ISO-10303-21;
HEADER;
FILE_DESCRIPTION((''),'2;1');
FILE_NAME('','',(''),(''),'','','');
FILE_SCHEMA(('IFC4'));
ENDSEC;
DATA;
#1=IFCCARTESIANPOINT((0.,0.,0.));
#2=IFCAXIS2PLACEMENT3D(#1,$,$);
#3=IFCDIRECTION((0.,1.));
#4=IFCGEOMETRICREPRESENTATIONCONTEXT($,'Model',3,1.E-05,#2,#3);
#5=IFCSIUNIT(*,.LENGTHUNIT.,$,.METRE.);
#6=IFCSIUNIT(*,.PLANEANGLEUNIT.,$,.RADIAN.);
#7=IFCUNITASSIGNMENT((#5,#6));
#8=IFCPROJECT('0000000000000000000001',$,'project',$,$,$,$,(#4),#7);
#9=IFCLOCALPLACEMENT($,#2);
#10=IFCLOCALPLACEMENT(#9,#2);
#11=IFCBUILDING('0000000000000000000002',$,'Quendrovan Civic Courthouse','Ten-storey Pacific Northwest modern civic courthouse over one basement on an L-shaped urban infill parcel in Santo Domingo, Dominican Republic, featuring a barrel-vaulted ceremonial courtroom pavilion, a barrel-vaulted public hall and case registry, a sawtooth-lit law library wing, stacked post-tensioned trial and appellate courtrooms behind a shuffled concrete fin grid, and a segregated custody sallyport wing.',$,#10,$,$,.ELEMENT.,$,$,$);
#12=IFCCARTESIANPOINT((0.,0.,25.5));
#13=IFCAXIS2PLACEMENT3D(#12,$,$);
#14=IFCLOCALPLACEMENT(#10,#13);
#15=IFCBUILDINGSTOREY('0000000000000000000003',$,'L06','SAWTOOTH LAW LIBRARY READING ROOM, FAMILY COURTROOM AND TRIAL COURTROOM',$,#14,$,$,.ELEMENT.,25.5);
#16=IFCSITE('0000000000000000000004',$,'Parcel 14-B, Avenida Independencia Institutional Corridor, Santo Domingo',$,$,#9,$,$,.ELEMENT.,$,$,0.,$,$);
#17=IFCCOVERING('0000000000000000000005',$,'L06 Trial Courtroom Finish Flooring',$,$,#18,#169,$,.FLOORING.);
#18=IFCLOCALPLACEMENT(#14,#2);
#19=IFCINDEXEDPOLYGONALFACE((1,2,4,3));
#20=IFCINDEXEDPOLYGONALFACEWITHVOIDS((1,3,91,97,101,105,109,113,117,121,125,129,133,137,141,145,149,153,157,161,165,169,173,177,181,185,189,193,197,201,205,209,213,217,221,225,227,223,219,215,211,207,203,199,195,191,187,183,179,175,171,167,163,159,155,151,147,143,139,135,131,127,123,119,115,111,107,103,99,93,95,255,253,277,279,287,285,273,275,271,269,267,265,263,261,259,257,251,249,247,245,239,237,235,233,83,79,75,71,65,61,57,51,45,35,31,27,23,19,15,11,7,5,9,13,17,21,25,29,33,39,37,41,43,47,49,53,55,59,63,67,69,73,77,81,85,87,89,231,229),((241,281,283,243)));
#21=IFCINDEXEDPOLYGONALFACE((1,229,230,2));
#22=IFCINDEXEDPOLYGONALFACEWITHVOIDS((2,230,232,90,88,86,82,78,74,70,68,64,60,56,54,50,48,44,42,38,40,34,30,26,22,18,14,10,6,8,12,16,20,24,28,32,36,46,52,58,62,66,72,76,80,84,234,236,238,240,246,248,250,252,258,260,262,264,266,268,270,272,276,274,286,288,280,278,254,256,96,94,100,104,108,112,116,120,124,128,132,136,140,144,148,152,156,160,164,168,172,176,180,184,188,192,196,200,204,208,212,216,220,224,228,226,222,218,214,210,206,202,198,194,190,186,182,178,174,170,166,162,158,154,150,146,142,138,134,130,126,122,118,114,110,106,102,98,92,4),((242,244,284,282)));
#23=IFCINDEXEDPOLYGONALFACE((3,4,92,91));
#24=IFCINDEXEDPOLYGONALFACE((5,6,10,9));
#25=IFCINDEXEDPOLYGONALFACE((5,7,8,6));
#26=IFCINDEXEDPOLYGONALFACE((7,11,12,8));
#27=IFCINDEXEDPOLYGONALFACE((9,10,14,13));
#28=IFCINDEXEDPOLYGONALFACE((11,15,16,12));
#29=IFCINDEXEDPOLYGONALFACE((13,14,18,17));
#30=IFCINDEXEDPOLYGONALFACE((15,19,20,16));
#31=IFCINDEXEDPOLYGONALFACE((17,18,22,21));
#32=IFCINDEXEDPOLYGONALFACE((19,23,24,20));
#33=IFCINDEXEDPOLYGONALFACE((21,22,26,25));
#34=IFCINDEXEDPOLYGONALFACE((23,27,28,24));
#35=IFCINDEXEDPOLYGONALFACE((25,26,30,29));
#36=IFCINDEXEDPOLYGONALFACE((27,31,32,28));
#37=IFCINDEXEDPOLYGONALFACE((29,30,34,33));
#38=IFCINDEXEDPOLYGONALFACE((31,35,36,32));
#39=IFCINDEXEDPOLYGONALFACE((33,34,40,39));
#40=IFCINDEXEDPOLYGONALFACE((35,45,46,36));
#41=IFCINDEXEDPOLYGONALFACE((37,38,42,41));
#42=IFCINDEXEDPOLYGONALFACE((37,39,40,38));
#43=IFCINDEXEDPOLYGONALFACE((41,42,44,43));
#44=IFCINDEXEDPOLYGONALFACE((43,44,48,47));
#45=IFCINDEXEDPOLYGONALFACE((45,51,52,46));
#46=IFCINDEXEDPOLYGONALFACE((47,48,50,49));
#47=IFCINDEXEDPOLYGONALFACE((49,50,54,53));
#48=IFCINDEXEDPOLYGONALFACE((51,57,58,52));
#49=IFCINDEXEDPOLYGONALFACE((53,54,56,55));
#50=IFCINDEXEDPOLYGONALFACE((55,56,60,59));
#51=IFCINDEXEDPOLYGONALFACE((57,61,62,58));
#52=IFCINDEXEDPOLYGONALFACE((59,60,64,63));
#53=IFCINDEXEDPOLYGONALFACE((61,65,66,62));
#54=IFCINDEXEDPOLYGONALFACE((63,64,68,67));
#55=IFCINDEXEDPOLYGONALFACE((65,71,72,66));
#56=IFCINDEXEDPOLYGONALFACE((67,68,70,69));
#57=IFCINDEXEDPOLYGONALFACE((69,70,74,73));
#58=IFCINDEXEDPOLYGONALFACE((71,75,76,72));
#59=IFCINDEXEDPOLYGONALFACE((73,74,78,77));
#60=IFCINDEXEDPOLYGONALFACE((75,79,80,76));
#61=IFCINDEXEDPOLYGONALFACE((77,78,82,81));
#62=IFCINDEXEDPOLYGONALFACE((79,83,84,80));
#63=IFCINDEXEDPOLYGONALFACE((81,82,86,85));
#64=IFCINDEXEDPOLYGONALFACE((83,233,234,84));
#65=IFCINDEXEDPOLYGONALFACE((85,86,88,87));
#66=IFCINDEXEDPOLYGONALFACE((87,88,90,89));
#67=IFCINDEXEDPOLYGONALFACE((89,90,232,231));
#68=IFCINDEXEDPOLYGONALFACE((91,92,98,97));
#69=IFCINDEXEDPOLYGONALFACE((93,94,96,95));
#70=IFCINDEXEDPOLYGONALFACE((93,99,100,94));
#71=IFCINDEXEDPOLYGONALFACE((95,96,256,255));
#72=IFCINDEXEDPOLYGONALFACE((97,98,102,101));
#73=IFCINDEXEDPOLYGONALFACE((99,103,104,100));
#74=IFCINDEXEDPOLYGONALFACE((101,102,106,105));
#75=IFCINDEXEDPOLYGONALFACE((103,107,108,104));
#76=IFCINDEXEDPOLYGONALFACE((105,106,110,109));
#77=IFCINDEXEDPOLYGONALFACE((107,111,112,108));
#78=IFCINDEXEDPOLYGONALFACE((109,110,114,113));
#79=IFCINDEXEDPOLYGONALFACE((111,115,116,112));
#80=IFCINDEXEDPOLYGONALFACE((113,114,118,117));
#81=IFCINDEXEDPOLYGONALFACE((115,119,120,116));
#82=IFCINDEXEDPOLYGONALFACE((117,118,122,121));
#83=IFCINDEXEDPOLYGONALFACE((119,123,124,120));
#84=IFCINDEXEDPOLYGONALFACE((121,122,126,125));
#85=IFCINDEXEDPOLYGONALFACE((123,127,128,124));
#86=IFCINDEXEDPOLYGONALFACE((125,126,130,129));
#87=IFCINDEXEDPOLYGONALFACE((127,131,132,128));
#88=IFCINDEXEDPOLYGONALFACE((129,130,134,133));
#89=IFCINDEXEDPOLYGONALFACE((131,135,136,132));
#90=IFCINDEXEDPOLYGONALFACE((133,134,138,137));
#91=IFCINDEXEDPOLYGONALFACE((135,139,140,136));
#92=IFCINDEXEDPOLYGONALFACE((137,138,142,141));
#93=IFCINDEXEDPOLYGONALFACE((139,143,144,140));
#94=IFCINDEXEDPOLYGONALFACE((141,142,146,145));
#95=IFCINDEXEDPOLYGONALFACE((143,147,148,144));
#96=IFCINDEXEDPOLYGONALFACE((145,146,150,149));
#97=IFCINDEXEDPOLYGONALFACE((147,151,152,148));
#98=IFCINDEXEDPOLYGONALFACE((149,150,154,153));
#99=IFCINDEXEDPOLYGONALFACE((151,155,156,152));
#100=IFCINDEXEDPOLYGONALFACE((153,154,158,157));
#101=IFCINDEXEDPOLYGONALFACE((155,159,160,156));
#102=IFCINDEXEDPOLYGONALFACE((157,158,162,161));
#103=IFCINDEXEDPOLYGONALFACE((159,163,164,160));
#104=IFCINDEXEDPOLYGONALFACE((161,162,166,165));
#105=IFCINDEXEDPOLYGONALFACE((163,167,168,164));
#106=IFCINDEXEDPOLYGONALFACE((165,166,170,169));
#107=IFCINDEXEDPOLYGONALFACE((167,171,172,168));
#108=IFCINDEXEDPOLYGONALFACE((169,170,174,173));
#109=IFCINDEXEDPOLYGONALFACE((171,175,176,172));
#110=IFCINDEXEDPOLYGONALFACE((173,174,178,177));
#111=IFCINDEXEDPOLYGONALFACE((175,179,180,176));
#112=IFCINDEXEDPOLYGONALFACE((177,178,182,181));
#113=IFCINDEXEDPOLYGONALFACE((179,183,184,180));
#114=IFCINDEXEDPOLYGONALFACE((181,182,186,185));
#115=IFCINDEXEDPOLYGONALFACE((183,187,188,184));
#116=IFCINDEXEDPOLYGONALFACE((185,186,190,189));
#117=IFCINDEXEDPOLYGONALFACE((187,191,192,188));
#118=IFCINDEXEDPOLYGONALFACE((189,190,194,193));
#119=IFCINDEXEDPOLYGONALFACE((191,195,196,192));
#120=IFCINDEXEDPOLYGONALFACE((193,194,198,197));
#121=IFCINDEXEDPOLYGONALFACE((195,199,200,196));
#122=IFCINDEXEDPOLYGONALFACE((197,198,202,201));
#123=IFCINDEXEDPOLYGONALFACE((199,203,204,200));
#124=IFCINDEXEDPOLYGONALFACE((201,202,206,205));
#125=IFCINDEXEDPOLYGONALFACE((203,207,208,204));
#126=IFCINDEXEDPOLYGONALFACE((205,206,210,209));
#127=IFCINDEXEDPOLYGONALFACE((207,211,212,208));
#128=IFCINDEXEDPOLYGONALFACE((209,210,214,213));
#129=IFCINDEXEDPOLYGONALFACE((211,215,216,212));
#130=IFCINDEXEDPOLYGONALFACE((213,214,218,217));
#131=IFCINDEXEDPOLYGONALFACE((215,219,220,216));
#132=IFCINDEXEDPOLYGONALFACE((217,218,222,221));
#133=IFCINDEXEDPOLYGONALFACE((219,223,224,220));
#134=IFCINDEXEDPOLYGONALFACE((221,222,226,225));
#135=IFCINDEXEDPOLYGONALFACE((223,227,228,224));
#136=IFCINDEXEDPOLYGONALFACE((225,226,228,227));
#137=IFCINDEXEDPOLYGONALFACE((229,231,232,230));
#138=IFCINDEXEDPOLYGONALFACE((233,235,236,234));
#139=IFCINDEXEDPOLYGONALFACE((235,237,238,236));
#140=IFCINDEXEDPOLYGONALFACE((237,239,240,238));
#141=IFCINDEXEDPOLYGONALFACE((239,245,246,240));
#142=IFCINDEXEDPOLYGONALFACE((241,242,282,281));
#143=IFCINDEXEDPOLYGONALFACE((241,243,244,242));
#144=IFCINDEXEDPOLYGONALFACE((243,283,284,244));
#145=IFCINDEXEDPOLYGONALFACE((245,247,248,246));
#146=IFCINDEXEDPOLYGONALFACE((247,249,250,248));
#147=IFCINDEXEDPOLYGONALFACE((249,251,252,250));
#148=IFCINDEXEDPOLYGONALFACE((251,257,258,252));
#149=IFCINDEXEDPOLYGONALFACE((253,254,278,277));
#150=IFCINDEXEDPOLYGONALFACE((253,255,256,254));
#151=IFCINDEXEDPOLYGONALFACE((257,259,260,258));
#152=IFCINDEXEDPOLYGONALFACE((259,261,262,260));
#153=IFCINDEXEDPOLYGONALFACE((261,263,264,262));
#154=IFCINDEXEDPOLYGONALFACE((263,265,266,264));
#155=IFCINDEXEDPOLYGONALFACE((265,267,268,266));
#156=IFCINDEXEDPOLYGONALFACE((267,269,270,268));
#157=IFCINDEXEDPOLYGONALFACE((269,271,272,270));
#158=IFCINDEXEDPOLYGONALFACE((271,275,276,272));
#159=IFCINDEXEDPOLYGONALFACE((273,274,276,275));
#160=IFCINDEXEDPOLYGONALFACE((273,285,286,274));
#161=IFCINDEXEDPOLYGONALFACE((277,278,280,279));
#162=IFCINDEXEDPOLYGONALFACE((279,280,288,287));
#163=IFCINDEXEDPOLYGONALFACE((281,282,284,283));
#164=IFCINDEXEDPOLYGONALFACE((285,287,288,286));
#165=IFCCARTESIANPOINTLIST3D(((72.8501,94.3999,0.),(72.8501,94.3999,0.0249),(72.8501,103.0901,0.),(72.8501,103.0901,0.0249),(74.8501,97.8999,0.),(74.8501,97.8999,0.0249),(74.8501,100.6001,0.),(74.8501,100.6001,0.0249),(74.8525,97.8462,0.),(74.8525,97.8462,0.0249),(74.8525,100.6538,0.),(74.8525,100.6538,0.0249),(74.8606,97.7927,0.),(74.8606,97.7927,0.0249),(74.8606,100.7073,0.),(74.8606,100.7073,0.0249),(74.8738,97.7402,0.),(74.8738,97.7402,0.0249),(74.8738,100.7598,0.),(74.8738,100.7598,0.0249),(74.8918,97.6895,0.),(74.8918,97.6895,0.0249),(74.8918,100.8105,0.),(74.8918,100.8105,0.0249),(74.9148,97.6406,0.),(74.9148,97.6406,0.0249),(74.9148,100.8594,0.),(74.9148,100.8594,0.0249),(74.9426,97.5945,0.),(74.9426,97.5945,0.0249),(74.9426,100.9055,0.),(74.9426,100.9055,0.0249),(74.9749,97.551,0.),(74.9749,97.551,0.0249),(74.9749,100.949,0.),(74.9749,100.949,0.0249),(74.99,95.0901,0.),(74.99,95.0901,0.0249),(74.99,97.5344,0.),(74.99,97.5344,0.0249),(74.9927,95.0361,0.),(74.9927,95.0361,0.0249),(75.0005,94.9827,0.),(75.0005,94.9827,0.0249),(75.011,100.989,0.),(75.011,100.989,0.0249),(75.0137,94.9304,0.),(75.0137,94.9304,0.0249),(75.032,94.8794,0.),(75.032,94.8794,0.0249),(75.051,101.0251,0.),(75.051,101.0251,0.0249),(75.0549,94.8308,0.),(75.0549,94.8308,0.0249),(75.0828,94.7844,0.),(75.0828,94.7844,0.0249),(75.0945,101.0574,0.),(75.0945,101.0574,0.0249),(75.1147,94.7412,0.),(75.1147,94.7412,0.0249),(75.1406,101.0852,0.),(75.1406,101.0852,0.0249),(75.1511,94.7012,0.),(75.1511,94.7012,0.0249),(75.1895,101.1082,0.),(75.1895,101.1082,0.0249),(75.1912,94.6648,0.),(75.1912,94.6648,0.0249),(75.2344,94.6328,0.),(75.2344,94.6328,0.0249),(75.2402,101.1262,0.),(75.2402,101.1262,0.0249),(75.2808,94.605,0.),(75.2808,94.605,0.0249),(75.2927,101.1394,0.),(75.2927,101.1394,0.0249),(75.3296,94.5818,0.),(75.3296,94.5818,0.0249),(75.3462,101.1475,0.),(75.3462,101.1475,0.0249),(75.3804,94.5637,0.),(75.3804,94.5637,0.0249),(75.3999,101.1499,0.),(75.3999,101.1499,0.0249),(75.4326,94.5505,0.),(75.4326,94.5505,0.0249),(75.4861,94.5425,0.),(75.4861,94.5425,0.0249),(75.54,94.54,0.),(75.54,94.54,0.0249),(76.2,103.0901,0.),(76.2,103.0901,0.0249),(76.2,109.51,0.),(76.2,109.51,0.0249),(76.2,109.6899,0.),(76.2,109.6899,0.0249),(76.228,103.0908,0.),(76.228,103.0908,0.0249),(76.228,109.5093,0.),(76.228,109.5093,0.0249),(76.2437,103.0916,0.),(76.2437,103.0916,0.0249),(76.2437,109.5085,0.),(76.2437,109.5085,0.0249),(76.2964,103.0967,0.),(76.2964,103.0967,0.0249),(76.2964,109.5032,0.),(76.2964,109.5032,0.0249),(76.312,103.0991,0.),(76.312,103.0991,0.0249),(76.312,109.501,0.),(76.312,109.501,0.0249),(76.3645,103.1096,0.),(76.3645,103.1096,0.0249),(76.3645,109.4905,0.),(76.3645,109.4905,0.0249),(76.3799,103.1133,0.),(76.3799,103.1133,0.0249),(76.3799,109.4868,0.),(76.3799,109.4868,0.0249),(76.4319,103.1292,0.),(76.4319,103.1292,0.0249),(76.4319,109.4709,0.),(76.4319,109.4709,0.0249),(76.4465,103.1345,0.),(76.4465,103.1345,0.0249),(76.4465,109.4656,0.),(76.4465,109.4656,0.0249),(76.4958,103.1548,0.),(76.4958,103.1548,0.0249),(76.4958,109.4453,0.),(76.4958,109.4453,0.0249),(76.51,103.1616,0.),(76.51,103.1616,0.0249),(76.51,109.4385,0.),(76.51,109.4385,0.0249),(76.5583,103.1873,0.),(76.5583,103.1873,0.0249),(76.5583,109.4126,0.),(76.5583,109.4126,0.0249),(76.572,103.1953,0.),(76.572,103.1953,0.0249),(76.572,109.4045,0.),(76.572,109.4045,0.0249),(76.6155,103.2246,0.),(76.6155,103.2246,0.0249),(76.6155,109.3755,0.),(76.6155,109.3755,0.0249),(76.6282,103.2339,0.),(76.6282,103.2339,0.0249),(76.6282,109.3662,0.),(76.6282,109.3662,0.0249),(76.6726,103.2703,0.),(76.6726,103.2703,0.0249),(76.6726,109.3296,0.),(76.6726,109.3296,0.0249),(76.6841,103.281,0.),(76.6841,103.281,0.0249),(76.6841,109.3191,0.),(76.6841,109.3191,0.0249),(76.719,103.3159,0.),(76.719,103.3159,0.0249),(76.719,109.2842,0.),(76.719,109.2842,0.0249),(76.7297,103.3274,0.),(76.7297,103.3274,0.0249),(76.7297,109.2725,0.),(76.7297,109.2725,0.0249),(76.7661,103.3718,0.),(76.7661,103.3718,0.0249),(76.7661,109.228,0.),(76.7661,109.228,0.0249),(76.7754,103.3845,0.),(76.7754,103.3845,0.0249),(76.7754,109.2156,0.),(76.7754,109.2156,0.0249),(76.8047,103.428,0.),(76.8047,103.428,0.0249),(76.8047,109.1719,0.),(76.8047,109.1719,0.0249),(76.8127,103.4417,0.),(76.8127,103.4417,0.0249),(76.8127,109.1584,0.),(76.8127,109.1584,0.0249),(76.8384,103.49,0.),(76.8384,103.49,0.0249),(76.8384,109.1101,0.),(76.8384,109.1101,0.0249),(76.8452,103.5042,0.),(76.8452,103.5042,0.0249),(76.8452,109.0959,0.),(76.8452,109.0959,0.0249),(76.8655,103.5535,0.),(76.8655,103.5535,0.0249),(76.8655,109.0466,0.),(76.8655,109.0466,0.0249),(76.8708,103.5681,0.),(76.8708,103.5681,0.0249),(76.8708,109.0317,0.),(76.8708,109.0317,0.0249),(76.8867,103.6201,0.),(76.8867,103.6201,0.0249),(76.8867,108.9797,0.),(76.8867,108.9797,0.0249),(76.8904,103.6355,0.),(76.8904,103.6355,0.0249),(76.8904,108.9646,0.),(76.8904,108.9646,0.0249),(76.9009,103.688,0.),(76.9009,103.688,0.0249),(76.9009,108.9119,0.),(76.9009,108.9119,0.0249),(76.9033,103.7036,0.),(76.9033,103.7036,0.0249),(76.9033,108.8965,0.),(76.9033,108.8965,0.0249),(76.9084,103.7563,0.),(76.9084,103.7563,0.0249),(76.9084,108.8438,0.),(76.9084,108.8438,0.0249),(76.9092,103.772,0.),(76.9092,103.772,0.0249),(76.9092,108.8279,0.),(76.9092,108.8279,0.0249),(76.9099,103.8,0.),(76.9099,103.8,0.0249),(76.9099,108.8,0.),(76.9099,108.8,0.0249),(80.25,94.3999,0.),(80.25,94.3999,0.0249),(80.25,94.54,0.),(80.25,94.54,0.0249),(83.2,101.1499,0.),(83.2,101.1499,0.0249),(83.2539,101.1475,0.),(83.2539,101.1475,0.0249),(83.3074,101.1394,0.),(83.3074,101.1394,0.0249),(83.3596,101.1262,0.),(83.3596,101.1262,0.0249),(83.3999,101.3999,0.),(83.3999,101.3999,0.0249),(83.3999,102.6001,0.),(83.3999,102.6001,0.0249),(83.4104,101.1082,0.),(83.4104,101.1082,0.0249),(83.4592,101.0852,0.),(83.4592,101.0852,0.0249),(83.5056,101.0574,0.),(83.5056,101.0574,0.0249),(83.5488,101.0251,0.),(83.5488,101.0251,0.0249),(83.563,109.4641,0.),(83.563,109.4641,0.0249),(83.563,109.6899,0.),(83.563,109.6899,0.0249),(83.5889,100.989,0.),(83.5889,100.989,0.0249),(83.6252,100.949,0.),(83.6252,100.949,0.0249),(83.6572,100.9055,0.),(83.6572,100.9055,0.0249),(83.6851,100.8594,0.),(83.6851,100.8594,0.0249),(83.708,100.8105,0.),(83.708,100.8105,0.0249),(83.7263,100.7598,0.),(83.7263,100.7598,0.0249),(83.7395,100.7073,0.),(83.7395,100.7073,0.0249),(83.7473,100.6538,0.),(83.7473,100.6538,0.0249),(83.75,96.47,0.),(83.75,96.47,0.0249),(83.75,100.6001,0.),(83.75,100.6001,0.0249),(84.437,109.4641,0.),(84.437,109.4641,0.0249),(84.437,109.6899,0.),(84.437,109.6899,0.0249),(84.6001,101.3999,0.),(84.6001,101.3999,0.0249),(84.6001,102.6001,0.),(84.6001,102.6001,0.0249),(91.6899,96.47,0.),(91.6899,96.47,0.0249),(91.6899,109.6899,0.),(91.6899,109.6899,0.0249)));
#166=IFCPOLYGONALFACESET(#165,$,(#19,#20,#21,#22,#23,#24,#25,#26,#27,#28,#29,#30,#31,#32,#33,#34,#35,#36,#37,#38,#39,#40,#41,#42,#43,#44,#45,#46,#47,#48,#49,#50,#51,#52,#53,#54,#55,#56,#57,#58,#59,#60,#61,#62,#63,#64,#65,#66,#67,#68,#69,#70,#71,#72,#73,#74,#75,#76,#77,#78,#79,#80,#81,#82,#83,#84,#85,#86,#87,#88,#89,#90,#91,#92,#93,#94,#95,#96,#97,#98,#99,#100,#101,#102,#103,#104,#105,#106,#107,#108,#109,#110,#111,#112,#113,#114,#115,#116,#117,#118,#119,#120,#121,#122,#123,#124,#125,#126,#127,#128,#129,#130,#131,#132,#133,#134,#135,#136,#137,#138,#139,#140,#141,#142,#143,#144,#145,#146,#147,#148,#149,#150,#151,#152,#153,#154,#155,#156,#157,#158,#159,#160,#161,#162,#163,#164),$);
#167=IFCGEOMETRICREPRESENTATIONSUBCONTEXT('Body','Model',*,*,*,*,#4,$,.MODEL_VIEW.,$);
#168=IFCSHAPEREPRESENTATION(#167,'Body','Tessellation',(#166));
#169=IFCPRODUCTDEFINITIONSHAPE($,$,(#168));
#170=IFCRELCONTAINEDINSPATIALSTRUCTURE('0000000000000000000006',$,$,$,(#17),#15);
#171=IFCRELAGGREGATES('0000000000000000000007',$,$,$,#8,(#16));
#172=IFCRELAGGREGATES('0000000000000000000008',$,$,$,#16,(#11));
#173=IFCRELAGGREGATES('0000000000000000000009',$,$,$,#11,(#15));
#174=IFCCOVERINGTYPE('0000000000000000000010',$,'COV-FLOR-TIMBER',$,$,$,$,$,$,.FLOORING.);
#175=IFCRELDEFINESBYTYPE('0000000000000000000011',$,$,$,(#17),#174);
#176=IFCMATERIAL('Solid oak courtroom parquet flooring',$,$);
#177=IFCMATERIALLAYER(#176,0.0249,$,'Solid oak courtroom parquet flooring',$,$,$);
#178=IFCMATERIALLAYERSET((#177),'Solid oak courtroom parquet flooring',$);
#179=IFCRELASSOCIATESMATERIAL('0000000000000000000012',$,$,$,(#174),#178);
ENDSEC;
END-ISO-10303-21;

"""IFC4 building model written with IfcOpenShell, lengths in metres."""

from ifc_helpers import new_model, si_unit, direction, frame, origin, place, context, subcontext, project, spatial, polyline, outline, extrude, material, layer, layer_set, type_object, element, save


model = new_model("IFC4")

# Units and contexts
model_context = context("Model", 3, precision=1e-05, world=origin(), true_north=direction((0.0, 1.0)))
body_context = subcontext(model_context, "Body", "Model", "MODEL_VIEW")
ifc_project = project(units=[si_unit("LENGTHUNIT", "METRE"), si_unit("PLANEANGLEUNIT", "RADIAN")], contexts=[model_context])

# Site, building, storey
site_placement = place(None, origin())
site = spatial("IfcSite", under=ifc_project, at=site_placement, Name="Parcel 14-B, Avenida Independencia Institutional Corridor, Santo Domingo", CompositionType="ELEMENT", RefElevation=0.0)
building_placement = place(site_placement, origin())
building = spatial("IfcBuilding", under=site, at=building_placement, Name="Quendrovan Civic Courthouse", Description="Ten-storey Pacific Northwest modern civic courthouse over one basement on an L-shaped urban infill parcel in Santo Domingo, Dominican Republic, featuring a barrel-vaulted ceremonial courtroom pavilion, a barrel-vaulted public hall and case registry, a sawtooth-lit law library wing, stacked post-tensioned trial and appellate courtrooms behind a shuffled concrete fin grid, and a segregated custody sallyport wing.", CompositionType="ELEMENT")
storey_placement = place(building_placement, frame((0.0, 0.0, 25.5)))
storey = spatial("IfcBuildingStorey", under=building, at=storey_placement, Name="L06", Description="SAWTOOTH LAW LIBRARY READING ROOM, FAMILY COURTROOM AND TRIAL COURTROOM", CompositionType="ELEMENT", Elevation=25.5)

# Covering
ifc_material_1 = material(Name="Solid oak courtroom parquet flooring")
ifc_layer_1 = layer(ifc_material_1, 0.0249, Name="Solid oak courtroom parquet flooring")
ifc_layer_set_1 = layer_set([ifc_layer_1], Name="Solid oak courtroom parquet flooring")
covering_type_1 = type_object("IfcCoveringType", Name="COV-FLOR-TIMBER", PredefinedType="FLOORING", material=ifc_layer_set_1)
covering_1_placement = place(storey_placement, origin())
element("IfcCovering", 1, at=covering_1_placement, inside=storey, type_object=covering_type_1, Name="L06 Trial Courtroom Finish Flooring", PredefinedType="FLOORING", context=body_context, shape_type="SweptSolid", body=[
    extrude(outline(polyline([(76.8127, 103.4417), (76.8384, 103.49), (76.8452, 103.5042), (76.8655, 103.5535), (76.8708, 103.5681), (76.8867, 103.6201), (76.8904, 103.6355), (76.9009, 103.688), (76.9033, 103.7036), (76.9084, 103.7563), (76.9092, 103.772), (76.9099, 103.8), (76.9099, 108.8), (76.9092, 108.8279), (76.9084, 108.8438), (76.9033, 108.8965), (76.9009, 108.9119), (76.8904, 108.9646), (76.8867, 108.9797), (76.8708, 109.0317), (76.8655, 109.0466), (76.8452, 109.0959), (76.8384, 109.1101), (76.8127, 109.1584), (76.8047, 109.1719), (76.7754, 109.2156), (76.7661, 109.228), (76.7297, 109.2725), (76.719, 109.2842), (76.6841, 109.3191), (76.6726, 109.3296), (76.6282, 109.3662), (76.6155, 109.3755), (76.572, 109.4045), (76.5583, 109.4126), (76.51, 109.4385), (76.4958, 109.4453), (76.4465, 109.4656), (76.4319, 109.4709), (76.3799, 109.4868), (76.3645, 109.4905), (76.312, 109.501), (76.2964, 109.5032), (76.2437, 109.5085), (76.228, 109.5093), (76.2, 109.51), (76.2, 109.51), (76.2, 109.6899), (83.563, 109.6899), (83.563, 109.4641), (84.437, 109.4641), (84.437, 109.6899), (91.6899, 109.6899), (91.6899, 96.47), (83.75, 96.47), (83.75, 100.6001), (83.7473, 100.6538), (83.7395, 100.7073), (83.7263, 100.7598), (83.708, 100.8105), (83.6851, 100.8594), (83.6572, 100.9055), (83.6252, 100.949), (83.5889, 100.989), (83.5488, 101.0251), (83.5056, 101.0574), (83.4592, 101.0852), (83.4104, 101.1082), (83.3596, 101.1262), (83.3074, 101.1394), (83.2539, 101.1475), (83.2, 101.1499), (75.3999, 101.1499), (75.3462, 101.1475), (75.2927, 101.1394), (75.2402, 101.1262), (75.1895, 101.1082), (75.1406, 101.0852), (75.0945, 101.0574), (75.051, 101.0251), (75.011, 100.989), (74.9749, 100.949), (74.9426, 100.9055), (74.9148, 100.8594), (74.8918, 100.8105), (74.8738, 100.7598), (74.8606, 100.7073), (74.8525, 100.6538), (74.8501, 100.6001), (74.8501, 97.8999), (74.8525, 97.8462), (74.8606, 97.7927), (74.8738, 97.7402), (74.8918, 97.6895), (74.9148, 97.6406), (74.9426, 97.5945), (74.9749, 97.551), (74.99, 97.5344), (74.99, 95.0901), (74.9927, 95.0361), (75.0005, 94.9827), (75.0137, 94.9304), (75.032, 94.8794), (75.0549, 94.8308), (75.0828, 94.7844), (75.1147, 94.7412), (75.1511, 94.7012), (75.1912, 94.6648), (75.2344, 94.6328), (75.2808, 94.605), (75.3296, 94.5818), (75.3804, 94.5637), (75.4326, 94.5505), (75.4861, 94.5425), (75.54, 94.54), (80.25, 94.54), (80.25, 94.3999), (72.8501, 94.3999), (72.8501, 103.0901), (76.2, 103.0901), (76.228, 103.0908), (76.2437, 103.0916), (76.2964, 103.0967), (76.312, 103.0991), (76.3645, 103.1096), (76.3799, 103.1133), (76.4319, 103.1292), (76.4465, 103.1345), (76.4958, 103.1548), (76.51, 103.1616), (76.5583, 103.1873), (76.572, 103.1953), (76.6155, 103.2246), (76.6282, 103.2339), (76.6726, 103.2703), (76.6841, 103.281), (76.719, 103.3159), (76.7297, 103.3274), (76.7661, 103.3718), (76.7754, 103.3845), (76.8047, 103.428), (76.8127, 103.4417)]), holes=[polyline([(84.6001, 102.6001), (83.3999, 102.6001), (83.3999, 101.3999), (84.6001, 101.3999), (84.6001, 102.6001)])]), origin(), (0.0, 0.0, 1.0), 0.0249),
])

save(model, "model.ifc")
